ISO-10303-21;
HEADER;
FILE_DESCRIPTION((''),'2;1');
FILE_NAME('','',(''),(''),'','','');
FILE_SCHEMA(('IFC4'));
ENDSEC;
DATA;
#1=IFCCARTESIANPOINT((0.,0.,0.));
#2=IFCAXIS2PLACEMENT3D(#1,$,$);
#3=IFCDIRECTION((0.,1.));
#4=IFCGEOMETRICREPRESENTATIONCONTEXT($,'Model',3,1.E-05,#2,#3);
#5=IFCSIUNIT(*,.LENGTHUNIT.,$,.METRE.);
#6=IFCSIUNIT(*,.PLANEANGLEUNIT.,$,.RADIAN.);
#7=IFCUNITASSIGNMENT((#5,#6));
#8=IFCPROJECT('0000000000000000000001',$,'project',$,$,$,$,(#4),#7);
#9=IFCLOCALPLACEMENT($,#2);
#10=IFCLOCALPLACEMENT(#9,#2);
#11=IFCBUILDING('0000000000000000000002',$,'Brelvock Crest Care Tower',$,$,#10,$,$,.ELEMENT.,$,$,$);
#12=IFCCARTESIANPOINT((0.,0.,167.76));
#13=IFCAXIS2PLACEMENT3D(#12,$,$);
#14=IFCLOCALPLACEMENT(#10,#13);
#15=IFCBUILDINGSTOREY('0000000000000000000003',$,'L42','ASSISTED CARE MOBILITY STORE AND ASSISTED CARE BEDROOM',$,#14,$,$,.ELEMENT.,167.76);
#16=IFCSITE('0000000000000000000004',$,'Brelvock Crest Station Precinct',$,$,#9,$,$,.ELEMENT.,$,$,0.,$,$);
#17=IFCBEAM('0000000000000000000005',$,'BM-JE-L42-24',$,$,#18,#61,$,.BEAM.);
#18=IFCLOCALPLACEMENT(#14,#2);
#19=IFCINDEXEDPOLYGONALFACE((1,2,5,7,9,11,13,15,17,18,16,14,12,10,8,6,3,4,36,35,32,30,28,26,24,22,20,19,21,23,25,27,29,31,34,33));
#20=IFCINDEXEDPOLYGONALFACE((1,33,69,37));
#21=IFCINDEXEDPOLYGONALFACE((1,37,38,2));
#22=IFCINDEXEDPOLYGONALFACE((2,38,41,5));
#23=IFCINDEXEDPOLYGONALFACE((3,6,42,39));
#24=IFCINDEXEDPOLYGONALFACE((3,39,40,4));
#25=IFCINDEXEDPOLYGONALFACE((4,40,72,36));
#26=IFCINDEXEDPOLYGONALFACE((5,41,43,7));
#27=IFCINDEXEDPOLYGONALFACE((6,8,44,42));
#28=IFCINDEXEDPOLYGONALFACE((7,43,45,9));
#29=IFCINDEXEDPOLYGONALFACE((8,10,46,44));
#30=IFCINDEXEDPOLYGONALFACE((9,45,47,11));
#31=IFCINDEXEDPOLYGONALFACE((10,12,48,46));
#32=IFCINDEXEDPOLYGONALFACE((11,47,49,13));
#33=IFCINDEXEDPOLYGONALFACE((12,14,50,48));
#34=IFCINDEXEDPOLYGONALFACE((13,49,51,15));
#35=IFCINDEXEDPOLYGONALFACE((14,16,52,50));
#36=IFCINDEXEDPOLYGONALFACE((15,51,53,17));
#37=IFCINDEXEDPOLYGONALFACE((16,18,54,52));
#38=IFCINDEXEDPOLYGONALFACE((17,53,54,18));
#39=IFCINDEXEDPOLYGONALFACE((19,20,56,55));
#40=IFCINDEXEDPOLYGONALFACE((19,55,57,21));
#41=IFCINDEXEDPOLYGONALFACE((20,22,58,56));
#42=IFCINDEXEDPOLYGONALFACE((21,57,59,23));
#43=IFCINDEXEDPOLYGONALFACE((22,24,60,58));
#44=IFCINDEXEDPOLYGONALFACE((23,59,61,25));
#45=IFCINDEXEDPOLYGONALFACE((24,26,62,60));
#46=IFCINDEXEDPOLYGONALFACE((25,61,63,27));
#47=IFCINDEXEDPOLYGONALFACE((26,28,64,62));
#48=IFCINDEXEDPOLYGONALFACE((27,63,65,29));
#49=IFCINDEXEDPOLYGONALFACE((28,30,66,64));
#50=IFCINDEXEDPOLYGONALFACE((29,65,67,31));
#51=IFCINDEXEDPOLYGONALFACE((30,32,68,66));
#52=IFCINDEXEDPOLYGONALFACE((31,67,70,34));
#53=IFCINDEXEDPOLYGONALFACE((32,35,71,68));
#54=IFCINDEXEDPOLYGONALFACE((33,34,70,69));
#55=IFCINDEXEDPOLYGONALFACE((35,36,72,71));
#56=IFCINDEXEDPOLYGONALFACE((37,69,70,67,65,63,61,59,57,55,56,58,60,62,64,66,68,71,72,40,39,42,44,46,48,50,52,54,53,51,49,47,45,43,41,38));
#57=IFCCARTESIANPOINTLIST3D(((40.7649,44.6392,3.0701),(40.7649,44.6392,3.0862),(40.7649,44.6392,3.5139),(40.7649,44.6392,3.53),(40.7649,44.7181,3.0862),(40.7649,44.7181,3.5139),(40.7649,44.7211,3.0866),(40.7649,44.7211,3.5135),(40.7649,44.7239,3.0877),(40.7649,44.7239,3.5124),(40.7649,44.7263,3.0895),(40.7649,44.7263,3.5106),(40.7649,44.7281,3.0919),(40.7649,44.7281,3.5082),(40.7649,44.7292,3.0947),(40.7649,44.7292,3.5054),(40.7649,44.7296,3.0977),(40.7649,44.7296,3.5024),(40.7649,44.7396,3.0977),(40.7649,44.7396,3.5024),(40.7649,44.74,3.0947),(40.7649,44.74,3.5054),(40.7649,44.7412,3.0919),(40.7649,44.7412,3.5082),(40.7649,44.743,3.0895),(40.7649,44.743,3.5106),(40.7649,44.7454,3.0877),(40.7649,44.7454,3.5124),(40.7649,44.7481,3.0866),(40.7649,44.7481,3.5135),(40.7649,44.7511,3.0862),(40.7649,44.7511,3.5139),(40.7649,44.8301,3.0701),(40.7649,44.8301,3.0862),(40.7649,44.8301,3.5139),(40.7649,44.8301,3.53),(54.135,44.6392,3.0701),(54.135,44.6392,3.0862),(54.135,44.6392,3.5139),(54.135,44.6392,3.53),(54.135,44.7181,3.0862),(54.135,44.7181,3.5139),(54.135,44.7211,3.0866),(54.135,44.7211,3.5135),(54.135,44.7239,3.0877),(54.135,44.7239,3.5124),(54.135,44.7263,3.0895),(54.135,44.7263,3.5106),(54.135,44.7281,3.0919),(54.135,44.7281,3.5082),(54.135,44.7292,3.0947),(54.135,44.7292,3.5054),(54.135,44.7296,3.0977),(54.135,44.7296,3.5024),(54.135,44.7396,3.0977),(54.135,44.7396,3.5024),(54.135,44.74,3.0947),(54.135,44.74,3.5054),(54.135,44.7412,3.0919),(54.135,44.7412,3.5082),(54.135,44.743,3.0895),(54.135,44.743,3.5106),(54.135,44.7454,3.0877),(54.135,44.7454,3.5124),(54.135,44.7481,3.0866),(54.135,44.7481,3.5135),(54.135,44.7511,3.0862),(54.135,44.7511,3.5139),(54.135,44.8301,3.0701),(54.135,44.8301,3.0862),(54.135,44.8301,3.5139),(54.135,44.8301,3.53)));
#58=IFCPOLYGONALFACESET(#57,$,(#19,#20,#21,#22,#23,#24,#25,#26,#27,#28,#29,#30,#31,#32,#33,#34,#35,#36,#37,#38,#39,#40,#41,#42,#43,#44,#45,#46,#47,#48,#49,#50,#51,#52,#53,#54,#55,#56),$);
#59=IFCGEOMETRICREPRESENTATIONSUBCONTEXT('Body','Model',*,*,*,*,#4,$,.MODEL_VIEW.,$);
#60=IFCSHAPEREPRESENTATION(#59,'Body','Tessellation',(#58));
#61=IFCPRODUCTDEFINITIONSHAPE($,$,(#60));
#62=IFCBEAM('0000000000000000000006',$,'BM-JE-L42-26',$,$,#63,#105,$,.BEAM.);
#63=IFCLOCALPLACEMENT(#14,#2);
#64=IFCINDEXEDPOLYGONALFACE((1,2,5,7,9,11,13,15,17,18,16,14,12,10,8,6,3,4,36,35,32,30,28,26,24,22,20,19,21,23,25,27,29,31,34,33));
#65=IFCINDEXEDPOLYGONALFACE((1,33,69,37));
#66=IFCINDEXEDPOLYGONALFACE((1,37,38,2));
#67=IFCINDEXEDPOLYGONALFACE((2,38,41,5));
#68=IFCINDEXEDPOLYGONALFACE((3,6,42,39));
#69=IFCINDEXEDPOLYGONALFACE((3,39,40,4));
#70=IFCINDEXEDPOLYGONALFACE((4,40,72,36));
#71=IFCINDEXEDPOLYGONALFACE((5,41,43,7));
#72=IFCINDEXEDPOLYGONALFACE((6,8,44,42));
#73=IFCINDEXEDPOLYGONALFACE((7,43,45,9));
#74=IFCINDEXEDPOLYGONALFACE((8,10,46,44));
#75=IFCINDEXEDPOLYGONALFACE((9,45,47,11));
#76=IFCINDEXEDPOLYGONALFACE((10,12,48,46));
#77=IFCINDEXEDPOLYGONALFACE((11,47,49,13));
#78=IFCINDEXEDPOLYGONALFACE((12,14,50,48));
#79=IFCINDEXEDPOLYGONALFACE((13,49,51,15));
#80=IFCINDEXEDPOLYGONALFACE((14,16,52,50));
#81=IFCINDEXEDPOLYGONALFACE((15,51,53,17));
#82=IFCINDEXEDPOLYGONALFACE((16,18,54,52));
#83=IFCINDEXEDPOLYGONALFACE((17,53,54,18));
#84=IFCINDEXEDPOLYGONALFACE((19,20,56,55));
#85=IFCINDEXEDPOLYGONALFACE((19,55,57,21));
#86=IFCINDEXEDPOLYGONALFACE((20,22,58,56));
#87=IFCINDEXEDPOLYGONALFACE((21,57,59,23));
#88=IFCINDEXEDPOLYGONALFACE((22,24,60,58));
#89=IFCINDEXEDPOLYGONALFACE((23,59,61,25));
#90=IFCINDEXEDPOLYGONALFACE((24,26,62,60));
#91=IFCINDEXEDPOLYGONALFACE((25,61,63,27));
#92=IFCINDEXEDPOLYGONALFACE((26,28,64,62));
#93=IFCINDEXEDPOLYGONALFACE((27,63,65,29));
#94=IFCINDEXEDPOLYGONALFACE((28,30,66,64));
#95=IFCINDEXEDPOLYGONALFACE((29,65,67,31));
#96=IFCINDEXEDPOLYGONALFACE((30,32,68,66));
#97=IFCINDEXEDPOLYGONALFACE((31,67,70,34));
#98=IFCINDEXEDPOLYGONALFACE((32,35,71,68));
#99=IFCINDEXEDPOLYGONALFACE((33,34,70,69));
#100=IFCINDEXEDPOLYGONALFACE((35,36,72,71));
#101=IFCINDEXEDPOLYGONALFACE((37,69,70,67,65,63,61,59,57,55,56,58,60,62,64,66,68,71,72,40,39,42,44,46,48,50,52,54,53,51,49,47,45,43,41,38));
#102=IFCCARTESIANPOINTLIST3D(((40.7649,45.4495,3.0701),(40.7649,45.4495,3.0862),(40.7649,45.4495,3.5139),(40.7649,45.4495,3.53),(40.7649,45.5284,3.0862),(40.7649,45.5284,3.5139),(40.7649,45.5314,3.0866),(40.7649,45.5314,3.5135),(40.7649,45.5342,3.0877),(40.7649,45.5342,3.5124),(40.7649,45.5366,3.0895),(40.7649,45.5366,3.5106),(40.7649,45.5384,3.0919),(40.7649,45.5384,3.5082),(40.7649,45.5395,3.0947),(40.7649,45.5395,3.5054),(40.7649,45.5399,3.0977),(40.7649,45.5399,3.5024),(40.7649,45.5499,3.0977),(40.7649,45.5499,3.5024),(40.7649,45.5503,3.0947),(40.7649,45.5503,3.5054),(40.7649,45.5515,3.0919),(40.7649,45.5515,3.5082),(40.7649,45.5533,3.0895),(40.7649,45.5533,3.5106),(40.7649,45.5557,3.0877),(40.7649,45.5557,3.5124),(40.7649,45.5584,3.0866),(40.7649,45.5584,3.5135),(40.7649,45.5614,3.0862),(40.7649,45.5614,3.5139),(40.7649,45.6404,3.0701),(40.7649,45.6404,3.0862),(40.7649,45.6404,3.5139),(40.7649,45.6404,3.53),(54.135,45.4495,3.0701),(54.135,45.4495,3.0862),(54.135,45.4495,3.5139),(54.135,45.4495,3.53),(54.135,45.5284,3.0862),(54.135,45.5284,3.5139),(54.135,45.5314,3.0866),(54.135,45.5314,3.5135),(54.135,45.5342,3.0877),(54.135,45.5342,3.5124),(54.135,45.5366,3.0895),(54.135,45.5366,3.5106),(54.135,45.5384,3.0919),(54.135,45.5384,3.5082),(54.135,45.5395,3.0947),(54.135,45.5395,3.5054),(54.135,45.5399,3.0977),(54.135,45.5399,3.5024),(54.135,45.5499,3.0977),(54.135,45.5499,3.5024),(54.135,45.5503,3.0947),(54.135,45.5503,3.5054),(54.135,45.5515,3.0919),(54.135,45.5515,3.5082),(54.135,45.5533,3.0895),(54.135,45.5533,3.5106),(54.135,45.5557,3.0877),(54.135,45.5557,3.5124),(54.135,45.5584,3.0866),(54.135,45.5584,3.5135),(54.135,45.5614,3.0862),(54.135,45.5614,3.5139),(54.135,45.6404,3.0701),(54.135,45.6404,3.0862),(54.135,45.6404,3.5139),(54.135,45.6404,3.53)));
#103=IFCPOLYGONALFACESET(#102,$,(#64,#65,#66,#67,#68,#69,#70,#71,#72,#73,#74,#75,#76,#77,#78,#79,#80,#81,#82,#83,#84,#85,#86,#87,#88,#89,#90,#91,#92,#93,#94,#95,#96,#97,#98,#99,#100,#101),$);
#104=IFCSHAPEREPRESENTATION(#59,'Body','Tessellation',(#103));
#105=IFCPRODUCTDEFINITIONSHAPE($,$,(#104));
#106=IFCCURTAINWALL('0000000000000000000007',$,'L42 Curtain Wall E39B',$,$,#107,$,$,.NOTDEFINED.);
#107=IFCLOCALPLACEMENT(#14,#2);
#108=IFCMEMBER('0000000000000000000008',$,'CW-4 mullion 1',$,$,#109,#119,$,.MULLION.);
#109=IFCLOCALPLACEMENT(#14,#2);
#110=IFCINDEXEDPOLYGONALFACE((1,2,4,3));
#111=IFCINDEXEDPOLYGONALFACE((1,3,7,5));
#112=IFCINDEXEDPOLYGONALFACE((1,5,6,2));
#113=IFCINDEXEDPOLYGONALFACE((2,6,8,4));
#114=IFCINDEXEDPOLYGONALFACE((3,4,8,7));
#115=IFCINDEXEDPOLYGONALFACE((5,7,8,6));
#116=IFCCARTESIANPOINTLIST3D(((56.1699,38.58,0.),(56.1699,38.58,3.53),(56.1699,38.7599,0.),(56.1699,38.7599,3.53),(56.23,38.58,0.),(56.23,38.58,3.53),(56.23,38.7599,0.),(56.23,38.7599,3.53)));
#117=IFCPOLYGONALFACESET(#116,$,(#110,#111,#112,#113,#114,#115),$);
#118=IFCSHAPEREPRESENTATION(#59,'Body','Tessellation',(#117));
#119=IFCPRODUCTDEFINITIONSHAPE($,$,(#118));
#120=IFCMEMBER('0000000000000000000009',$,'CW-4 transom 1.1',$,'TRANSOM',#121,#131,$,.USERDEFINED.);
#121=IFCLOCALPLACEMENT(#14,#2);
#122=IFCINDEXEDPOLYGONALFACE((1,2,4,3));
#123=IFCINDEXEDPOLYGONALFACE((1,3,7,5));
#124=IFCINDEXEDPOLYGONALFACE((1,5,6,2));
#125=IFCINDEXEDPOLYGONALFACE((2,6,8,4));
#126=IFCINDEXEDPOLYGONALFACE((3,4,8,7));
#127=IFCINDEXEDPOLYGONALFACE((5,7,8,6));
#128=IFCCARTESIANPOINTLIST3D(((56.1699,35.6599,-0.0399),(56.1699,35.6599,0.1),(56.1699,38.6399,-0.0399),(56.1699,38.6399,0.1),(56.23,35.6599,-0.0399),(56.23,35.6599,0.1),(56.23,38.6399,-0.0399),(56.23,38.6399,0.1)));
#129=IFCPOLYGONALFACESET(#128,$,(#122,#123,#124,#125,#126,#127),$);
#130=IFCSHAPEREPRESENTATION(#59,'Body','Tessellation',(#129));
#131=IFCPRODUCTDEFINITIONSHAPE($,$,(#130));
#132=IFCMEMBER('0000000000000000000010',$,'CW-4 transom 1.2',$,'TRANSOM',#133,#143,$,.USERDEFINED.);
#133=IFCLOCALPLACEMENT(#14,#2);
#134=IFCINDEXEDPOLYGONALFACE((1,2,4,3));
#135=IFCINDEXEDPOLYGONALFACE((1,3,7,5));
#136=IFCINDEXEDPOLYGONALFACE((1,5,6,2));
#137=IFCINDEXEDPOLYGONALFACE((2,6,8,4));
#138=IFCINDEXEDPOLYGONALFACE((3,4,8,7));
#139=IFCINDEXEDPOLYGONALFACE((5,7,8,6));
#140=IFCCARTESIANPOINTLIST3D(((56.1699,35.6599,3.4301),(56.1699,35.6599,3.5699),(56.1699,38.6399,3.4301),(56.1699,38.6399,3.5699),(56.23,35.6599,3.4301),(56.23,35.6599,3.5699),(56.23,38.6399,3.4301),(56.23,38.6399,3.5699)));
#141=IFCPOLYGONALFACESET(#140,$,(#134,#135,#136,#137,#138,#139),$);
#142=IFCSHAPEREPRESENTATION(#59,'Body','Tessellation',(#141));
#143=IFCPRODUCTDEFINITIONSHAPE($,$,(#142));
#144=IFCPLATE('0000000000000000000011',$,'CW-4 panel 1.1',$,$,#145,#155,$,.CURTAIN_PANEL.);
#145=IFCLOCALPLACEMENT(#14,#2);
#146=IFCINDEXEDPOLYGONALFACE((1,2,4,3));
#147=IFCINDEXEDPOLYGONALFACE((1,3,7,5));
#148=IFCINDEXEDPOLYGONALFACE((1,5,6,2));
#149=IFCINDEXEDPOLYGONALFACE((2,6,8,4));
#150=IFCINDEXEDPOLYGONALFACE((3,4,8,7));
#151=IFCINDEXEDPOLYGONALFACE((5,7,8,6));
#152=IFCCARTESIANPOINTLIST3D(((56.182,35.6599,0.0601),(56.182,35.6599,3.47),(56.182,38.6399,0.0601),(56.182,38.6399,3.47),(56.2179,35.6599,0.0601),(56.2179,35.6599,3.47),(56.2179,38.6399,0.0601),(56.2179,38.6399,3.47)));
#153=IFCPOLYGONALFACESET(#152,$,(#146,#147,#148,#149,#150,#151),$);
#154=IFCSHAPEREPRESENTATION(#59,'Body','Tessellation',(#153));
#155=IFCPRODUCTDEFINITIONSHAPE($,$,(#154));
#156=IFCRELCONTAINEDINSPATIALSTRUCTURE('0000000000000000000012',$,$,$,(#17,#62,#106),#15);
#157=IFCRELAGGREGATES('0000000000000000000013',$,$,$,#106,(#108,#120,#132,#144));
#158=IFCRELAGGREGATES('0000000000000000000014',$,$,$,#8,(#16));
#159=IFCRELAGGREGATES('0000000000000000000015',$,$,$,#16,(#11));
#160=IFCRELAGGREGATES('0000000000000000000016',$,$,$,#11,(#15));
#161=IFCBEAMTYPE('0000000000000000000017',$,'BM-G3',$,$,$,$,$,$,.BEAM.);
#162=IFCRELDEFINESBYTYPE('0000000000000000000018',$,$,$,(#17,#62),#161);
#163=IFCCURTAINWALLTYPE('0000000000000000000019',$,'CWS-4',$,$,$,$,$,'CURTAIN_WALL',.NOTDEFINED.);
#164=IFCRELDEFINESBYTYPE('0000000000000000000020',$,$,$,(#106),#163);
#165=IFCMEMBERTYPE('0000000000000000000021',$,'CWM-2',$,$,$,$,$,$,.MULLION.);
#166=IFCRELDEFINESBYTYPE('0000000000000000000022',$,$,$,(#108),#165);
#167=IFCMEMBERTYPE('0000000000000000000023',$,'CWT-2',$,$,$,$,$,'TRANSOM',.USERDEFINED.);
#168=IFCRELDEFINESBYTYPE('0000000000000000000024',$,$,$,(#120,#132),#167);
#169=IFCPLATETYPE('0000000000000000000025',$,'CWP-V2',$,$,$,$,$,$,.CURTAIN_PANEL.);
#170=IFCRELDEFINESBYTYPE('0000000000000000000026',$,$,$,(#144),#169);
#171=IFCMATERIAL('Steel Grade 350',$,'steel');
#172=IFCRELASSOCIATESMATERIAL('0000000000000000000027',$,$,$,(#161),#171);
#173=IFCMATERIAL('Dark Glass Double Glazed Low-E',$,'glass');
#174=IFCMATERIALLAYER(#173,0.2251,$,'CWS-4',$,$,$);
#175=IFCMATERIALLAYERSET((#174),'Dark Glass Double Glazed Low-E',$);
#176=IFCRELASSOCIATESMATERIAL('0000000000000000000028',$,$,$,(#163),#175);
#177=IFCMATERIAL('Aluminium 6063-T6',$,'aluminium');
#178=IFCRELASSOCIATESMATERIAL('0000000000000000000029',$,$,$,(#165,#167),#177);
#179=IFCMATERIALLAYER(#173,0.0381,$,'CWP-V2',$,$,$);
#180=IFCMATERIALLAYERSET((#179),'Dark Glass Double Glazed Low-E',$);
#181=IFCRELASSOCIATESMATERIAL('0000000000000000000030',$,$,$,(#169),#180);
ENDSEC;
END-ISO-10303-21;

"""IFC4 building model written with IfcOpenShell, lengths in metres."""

from ifc_helpers import new_model, si_unit, direction, frame, origin, origin_2d, place, context, subcontext, project, spatial, rectangle, i_section, extrude, source, transform, mapped, material, layer, layer_set, material_profile, profile_set, type_object, element, aggregate, save


model = new_model("IFC4")

# Units and contexts
model_context = context("Model", 3, precision=1e-05, world=origin(), true_north=direction((0.0, 1.0)))
body_context = subcontext(model_context, "Body", "Model", "MODEL_VIEW")
ifc_project = project(units=[si_unit("LENGTHUNIT", "METRE"), si_unit("PLANEANGLEUNIT", "RADIAN")], contexts=[model_context])

# Site, building, storey
site_placement = place(None, origin())
site = spatial("IfcSite", under=ifc_project, at=site_placement, Name="Brelvock Crest Station Precinct", CompositionType="ELEMENT", RefElevation=0.0)
building_placement = place(site_placement, origin())
building = spatial("IfcBuilding", under=site, at=building_placement, Name="Brelvock Crest Care Tower", CompositionType="ELEMENT")
storey_placement = place(building_placement, frame((0.0, 0.0, 167.76)))
storey = spatial("IfcBuildingStorey", under=building, at=storey_placement, Name="L42", Description="ASSISTED CARE MOBILITY STORE AND ASSISTED CARE BEDROOM", CompositionType="ELEMENT", Elevation=167.76)

# Shared definitions
ifc_material_1 = material(Name="Steel Grade 350", Category="steel")

# Beams
ifc_material_profile_1 = material_profile(ifc_material_1, i_section(OverallWidth=0.1909, OverallDepth=0.46, WebThickness=0.01, FlangeThickness=0.0161, FilletRadius=0.0115, at=origin_2d()), Name="460UB82.1")
ifc_profile_set_1 = profile_set([ifc_material_profile_1], Name="Steel Grade 350")
beam_type_1 = type_object("IfcBeamType", Name="BM-G3", PredefinedType="BEAM", material=ifc_profile_set_1)
shared_shape_1 = source(origin(), body_context, "Body", "SweptSolid", [
    extrude(i_section(OverallWidth=0.1909, OverallDepth=0.46, WebThickness=0.01, FlangeThickness=0.0161, FilletRadius=0.0115, at=origin_2d()), origin(), (0.0, 0.0, 1.0), 13.3701),
])
for number, where, z_axis, x_axis, name in (
    (1, (40.7649, 44.7346, 3.3), (1.0, 0.0, 0.0), (0.0, 1.0, 0.0), "BM-JE-L42-24"),
    (2, (40.7649, 45.5449, 3.3), (1.0, 0.0, 0.0), (0.0, 1.0, 0.0), "BM-JE-L42-26"),
):
    element("IfcBeam", number, at=place(storey_placement, frame(where, z_axis=z_axis, x_axis=x_axis)), inside=storey, type_object=beam_type_1, Name=name, PredefinedType="BEAM", context=body_context, shape_type="MappedRepresentation", body=[
        mapped(shared_shape_1, transform((0.0, 0.0, 0.0), x_axis=(1.0, 0.0, 0.0), y_axis=(0.0, 1.0, 0.0), z_axis=(0.0, 0.0, 1.0), scale=1.0)),
    ])

# Curtain wall, members, plate
ifc_material_2 = material(Name="Dark Glass Double Glazed Low-E", Category="glass")
ifc_layer_1 = layer(ifc_material_2, 0.2251, Name="CWS-4")
ifc_layer_set_1 = layer_set([ifc_layer_1], Name="Dark Glass Double Glazed Low-E")
curtain_wall_type = type_object("IfcCurtainWallType", Name="CWS-4", ElementType="CURTAIN_WALL", PredefinedType="NOTDEFINED", material=ifc_layer_set_1)
curtain_wall_placement = place(storey_placement, origin())
curtain_wall = element("IfcCurtainWall", 3, at=curtain_wall_placement, inside=storey, type_object=curtain_wall_type, Name="L42 Curtain Wall E39B", PredefinedType="NOTDEFINED")
ifc_material_3 = material(Name="Aluminium 6063-T6", Category="aluminium")
ifc_material_profile_2 = material_profile(ifc_material_3, rectangle(XDim=0.0601, YDim=0.1799, at=origin_2d()), Name="ALU60x180")
ifc_profile_set_2 = profile_set([ifc_material_profile_2], Name="Aluminium 6063-T6")
member_type_1 = type_object("IfcMemberType", Name="CWM-2", PredefinedType="MULLION", material=ifc_profile_set_2)
shared_shape_2 = source(origin(), body_context, "Body", "SweptSolid", [
    extrude(rectangle(XDim=0.0601, YDim=0.1799, at=origin_2d()), origin(), (0.0, 0.0, 1.0), 3.53),
])
member_1_placement = place(storey_placement, frame((56.2, 38.6699, 0.0), z_axis=(0.0, 0.0, 1.0), x_axis=(1.0, 0.0, 0.0)))
member_1 = element("IfcMember", 4, at=member_1_placement, type_object=member_type_1, Name="CW-4 mullion 1", PredefinedType="MULLION", context=body_context, shape_type="MappedRepresentation", body=[
    mapped(shared_shape_2, transform((0.0, 0.0, 0.0), x_axis=(1.0, 0.0, 0.0), y_axis=(0.0, 1.0, 0.0), z_axis=(0.0, 0.0, 1.0), scale=1.0)),
])
ifc_material_profile_3 = material_profile(ifc_material_3, rectangle(XDim=0.0601, YDim=0.1399, at=origin_2d()), Name="ALU60x140")
ifc_profile_set_3 = profile_set([ifc_material_profile_3], Name="Aluminium 6063-T6")
member_type_2 = type_object("IfcMemberType", Name="CWT-2", ElementType="TRANSOM", PredefinedType="USERDEFINED", material=ifc_profile_set_3)
shared_shape_3 = source(origin(), body_context, "Body", "SweptSolid", [
    extrude(rectangle(XDim=0.0601, YDim=0.1399, at=origin_2d()), origin(), (0.0, 0.0, 1.0), 2.98),
])
member_2_placement = place(storey_placement, frame((56.2, 38.6399, 0.03), z_axis=(0.0, -1.0, 0.0), x_axis=(1.0, 0.0, 0.0)))
member_2 = element("IfcMember", 5, at=member_2_placement, type_object=member_type_2, Name="CW-4 transom 1.1", ObjectType="TRANSOM", PredefinedType="USERDEFINED", context=body_context, shape_type="MappedRepresentation", body=[
    mapped(shared_shape_3, transform((0.0, 0.0, 0.0), x_axis=(1.0, 0.0, 0.0), y_axis=(0.0, 1.0, 0.0), z_axis=(0.0, 0.0, 1.0), scale=1.0)),
])
member_3_placement = place(storey_placement, frame((56.2, 38.6399, 3.5), z_axis=(0.0, -1.0, 0.0), x_axis=(1.0, 0.0, 0.0)))
member_3 = element("IfcMember", 6, at=member_3_placement, type_object=member_type_2, Name="CW-4 transom 1.2", ObjectType="TRANSOM", PredefinedType="USERDEFINED", context=body_context, shape_type="MappedRepresentation", body=[
    mapped(shared_shape_3, transform((0.0, 0.0, 0.0), x_axis=(1.0, 0.0, 0.0), y_axis=(0.0, 1.0, 0.0), z_axis=(0.0, 0.0, 1.0), scale=1.0)),
])
ifc_layer_2 = layer(ifc_material_2, 0.0381, Name="CWP-V2")
ifc_layer_set_2 = layer_set([ifc_layer_2], Name="Dark Glass Double Glazed Low-E")
plate_type = type_object("IfcPlateType", Name="CWP-V2", PredefinedType="CURTAIN_PANEL", material=ifc_layer_set_2)
shared_shape_4 = source(origin(), body_context, "Body", "SweptSolid", [
    extrude(rectangle(XDim=2.98, YDim=0.0359, at=origin_2d()), origin(), (0.0, 0.0, 1.0), 3.4099),
])
plate_placement = place(storey_placement, frame((56.2, 37.1499, 0.0601), z_axis=(0.0, 0.0, 1.0), x_axis=(0.0, -1.0, 0.0)))
plate = element("IfcPlate", 7, at=plate_placement, type_object=plate_type, Name="CW-4 panel 1.1", PredefinedType="CURTAIN_PANEL", context=body_context, shape_type="MappedRepresentation", body=[
    mapped(shared_shape_4, transform((0.0, 0.0, 0.0), x_axis=(1.0, 0.0, 0.0), y_axis=(0.0, 1.0, 0.0), z_axis=(0.0, 0.0, 1.0), scale=1.0)),
])
aggregate(curtain_wall, [member_1, member_2, member_3, plate])

save(model, "model.ifc")
